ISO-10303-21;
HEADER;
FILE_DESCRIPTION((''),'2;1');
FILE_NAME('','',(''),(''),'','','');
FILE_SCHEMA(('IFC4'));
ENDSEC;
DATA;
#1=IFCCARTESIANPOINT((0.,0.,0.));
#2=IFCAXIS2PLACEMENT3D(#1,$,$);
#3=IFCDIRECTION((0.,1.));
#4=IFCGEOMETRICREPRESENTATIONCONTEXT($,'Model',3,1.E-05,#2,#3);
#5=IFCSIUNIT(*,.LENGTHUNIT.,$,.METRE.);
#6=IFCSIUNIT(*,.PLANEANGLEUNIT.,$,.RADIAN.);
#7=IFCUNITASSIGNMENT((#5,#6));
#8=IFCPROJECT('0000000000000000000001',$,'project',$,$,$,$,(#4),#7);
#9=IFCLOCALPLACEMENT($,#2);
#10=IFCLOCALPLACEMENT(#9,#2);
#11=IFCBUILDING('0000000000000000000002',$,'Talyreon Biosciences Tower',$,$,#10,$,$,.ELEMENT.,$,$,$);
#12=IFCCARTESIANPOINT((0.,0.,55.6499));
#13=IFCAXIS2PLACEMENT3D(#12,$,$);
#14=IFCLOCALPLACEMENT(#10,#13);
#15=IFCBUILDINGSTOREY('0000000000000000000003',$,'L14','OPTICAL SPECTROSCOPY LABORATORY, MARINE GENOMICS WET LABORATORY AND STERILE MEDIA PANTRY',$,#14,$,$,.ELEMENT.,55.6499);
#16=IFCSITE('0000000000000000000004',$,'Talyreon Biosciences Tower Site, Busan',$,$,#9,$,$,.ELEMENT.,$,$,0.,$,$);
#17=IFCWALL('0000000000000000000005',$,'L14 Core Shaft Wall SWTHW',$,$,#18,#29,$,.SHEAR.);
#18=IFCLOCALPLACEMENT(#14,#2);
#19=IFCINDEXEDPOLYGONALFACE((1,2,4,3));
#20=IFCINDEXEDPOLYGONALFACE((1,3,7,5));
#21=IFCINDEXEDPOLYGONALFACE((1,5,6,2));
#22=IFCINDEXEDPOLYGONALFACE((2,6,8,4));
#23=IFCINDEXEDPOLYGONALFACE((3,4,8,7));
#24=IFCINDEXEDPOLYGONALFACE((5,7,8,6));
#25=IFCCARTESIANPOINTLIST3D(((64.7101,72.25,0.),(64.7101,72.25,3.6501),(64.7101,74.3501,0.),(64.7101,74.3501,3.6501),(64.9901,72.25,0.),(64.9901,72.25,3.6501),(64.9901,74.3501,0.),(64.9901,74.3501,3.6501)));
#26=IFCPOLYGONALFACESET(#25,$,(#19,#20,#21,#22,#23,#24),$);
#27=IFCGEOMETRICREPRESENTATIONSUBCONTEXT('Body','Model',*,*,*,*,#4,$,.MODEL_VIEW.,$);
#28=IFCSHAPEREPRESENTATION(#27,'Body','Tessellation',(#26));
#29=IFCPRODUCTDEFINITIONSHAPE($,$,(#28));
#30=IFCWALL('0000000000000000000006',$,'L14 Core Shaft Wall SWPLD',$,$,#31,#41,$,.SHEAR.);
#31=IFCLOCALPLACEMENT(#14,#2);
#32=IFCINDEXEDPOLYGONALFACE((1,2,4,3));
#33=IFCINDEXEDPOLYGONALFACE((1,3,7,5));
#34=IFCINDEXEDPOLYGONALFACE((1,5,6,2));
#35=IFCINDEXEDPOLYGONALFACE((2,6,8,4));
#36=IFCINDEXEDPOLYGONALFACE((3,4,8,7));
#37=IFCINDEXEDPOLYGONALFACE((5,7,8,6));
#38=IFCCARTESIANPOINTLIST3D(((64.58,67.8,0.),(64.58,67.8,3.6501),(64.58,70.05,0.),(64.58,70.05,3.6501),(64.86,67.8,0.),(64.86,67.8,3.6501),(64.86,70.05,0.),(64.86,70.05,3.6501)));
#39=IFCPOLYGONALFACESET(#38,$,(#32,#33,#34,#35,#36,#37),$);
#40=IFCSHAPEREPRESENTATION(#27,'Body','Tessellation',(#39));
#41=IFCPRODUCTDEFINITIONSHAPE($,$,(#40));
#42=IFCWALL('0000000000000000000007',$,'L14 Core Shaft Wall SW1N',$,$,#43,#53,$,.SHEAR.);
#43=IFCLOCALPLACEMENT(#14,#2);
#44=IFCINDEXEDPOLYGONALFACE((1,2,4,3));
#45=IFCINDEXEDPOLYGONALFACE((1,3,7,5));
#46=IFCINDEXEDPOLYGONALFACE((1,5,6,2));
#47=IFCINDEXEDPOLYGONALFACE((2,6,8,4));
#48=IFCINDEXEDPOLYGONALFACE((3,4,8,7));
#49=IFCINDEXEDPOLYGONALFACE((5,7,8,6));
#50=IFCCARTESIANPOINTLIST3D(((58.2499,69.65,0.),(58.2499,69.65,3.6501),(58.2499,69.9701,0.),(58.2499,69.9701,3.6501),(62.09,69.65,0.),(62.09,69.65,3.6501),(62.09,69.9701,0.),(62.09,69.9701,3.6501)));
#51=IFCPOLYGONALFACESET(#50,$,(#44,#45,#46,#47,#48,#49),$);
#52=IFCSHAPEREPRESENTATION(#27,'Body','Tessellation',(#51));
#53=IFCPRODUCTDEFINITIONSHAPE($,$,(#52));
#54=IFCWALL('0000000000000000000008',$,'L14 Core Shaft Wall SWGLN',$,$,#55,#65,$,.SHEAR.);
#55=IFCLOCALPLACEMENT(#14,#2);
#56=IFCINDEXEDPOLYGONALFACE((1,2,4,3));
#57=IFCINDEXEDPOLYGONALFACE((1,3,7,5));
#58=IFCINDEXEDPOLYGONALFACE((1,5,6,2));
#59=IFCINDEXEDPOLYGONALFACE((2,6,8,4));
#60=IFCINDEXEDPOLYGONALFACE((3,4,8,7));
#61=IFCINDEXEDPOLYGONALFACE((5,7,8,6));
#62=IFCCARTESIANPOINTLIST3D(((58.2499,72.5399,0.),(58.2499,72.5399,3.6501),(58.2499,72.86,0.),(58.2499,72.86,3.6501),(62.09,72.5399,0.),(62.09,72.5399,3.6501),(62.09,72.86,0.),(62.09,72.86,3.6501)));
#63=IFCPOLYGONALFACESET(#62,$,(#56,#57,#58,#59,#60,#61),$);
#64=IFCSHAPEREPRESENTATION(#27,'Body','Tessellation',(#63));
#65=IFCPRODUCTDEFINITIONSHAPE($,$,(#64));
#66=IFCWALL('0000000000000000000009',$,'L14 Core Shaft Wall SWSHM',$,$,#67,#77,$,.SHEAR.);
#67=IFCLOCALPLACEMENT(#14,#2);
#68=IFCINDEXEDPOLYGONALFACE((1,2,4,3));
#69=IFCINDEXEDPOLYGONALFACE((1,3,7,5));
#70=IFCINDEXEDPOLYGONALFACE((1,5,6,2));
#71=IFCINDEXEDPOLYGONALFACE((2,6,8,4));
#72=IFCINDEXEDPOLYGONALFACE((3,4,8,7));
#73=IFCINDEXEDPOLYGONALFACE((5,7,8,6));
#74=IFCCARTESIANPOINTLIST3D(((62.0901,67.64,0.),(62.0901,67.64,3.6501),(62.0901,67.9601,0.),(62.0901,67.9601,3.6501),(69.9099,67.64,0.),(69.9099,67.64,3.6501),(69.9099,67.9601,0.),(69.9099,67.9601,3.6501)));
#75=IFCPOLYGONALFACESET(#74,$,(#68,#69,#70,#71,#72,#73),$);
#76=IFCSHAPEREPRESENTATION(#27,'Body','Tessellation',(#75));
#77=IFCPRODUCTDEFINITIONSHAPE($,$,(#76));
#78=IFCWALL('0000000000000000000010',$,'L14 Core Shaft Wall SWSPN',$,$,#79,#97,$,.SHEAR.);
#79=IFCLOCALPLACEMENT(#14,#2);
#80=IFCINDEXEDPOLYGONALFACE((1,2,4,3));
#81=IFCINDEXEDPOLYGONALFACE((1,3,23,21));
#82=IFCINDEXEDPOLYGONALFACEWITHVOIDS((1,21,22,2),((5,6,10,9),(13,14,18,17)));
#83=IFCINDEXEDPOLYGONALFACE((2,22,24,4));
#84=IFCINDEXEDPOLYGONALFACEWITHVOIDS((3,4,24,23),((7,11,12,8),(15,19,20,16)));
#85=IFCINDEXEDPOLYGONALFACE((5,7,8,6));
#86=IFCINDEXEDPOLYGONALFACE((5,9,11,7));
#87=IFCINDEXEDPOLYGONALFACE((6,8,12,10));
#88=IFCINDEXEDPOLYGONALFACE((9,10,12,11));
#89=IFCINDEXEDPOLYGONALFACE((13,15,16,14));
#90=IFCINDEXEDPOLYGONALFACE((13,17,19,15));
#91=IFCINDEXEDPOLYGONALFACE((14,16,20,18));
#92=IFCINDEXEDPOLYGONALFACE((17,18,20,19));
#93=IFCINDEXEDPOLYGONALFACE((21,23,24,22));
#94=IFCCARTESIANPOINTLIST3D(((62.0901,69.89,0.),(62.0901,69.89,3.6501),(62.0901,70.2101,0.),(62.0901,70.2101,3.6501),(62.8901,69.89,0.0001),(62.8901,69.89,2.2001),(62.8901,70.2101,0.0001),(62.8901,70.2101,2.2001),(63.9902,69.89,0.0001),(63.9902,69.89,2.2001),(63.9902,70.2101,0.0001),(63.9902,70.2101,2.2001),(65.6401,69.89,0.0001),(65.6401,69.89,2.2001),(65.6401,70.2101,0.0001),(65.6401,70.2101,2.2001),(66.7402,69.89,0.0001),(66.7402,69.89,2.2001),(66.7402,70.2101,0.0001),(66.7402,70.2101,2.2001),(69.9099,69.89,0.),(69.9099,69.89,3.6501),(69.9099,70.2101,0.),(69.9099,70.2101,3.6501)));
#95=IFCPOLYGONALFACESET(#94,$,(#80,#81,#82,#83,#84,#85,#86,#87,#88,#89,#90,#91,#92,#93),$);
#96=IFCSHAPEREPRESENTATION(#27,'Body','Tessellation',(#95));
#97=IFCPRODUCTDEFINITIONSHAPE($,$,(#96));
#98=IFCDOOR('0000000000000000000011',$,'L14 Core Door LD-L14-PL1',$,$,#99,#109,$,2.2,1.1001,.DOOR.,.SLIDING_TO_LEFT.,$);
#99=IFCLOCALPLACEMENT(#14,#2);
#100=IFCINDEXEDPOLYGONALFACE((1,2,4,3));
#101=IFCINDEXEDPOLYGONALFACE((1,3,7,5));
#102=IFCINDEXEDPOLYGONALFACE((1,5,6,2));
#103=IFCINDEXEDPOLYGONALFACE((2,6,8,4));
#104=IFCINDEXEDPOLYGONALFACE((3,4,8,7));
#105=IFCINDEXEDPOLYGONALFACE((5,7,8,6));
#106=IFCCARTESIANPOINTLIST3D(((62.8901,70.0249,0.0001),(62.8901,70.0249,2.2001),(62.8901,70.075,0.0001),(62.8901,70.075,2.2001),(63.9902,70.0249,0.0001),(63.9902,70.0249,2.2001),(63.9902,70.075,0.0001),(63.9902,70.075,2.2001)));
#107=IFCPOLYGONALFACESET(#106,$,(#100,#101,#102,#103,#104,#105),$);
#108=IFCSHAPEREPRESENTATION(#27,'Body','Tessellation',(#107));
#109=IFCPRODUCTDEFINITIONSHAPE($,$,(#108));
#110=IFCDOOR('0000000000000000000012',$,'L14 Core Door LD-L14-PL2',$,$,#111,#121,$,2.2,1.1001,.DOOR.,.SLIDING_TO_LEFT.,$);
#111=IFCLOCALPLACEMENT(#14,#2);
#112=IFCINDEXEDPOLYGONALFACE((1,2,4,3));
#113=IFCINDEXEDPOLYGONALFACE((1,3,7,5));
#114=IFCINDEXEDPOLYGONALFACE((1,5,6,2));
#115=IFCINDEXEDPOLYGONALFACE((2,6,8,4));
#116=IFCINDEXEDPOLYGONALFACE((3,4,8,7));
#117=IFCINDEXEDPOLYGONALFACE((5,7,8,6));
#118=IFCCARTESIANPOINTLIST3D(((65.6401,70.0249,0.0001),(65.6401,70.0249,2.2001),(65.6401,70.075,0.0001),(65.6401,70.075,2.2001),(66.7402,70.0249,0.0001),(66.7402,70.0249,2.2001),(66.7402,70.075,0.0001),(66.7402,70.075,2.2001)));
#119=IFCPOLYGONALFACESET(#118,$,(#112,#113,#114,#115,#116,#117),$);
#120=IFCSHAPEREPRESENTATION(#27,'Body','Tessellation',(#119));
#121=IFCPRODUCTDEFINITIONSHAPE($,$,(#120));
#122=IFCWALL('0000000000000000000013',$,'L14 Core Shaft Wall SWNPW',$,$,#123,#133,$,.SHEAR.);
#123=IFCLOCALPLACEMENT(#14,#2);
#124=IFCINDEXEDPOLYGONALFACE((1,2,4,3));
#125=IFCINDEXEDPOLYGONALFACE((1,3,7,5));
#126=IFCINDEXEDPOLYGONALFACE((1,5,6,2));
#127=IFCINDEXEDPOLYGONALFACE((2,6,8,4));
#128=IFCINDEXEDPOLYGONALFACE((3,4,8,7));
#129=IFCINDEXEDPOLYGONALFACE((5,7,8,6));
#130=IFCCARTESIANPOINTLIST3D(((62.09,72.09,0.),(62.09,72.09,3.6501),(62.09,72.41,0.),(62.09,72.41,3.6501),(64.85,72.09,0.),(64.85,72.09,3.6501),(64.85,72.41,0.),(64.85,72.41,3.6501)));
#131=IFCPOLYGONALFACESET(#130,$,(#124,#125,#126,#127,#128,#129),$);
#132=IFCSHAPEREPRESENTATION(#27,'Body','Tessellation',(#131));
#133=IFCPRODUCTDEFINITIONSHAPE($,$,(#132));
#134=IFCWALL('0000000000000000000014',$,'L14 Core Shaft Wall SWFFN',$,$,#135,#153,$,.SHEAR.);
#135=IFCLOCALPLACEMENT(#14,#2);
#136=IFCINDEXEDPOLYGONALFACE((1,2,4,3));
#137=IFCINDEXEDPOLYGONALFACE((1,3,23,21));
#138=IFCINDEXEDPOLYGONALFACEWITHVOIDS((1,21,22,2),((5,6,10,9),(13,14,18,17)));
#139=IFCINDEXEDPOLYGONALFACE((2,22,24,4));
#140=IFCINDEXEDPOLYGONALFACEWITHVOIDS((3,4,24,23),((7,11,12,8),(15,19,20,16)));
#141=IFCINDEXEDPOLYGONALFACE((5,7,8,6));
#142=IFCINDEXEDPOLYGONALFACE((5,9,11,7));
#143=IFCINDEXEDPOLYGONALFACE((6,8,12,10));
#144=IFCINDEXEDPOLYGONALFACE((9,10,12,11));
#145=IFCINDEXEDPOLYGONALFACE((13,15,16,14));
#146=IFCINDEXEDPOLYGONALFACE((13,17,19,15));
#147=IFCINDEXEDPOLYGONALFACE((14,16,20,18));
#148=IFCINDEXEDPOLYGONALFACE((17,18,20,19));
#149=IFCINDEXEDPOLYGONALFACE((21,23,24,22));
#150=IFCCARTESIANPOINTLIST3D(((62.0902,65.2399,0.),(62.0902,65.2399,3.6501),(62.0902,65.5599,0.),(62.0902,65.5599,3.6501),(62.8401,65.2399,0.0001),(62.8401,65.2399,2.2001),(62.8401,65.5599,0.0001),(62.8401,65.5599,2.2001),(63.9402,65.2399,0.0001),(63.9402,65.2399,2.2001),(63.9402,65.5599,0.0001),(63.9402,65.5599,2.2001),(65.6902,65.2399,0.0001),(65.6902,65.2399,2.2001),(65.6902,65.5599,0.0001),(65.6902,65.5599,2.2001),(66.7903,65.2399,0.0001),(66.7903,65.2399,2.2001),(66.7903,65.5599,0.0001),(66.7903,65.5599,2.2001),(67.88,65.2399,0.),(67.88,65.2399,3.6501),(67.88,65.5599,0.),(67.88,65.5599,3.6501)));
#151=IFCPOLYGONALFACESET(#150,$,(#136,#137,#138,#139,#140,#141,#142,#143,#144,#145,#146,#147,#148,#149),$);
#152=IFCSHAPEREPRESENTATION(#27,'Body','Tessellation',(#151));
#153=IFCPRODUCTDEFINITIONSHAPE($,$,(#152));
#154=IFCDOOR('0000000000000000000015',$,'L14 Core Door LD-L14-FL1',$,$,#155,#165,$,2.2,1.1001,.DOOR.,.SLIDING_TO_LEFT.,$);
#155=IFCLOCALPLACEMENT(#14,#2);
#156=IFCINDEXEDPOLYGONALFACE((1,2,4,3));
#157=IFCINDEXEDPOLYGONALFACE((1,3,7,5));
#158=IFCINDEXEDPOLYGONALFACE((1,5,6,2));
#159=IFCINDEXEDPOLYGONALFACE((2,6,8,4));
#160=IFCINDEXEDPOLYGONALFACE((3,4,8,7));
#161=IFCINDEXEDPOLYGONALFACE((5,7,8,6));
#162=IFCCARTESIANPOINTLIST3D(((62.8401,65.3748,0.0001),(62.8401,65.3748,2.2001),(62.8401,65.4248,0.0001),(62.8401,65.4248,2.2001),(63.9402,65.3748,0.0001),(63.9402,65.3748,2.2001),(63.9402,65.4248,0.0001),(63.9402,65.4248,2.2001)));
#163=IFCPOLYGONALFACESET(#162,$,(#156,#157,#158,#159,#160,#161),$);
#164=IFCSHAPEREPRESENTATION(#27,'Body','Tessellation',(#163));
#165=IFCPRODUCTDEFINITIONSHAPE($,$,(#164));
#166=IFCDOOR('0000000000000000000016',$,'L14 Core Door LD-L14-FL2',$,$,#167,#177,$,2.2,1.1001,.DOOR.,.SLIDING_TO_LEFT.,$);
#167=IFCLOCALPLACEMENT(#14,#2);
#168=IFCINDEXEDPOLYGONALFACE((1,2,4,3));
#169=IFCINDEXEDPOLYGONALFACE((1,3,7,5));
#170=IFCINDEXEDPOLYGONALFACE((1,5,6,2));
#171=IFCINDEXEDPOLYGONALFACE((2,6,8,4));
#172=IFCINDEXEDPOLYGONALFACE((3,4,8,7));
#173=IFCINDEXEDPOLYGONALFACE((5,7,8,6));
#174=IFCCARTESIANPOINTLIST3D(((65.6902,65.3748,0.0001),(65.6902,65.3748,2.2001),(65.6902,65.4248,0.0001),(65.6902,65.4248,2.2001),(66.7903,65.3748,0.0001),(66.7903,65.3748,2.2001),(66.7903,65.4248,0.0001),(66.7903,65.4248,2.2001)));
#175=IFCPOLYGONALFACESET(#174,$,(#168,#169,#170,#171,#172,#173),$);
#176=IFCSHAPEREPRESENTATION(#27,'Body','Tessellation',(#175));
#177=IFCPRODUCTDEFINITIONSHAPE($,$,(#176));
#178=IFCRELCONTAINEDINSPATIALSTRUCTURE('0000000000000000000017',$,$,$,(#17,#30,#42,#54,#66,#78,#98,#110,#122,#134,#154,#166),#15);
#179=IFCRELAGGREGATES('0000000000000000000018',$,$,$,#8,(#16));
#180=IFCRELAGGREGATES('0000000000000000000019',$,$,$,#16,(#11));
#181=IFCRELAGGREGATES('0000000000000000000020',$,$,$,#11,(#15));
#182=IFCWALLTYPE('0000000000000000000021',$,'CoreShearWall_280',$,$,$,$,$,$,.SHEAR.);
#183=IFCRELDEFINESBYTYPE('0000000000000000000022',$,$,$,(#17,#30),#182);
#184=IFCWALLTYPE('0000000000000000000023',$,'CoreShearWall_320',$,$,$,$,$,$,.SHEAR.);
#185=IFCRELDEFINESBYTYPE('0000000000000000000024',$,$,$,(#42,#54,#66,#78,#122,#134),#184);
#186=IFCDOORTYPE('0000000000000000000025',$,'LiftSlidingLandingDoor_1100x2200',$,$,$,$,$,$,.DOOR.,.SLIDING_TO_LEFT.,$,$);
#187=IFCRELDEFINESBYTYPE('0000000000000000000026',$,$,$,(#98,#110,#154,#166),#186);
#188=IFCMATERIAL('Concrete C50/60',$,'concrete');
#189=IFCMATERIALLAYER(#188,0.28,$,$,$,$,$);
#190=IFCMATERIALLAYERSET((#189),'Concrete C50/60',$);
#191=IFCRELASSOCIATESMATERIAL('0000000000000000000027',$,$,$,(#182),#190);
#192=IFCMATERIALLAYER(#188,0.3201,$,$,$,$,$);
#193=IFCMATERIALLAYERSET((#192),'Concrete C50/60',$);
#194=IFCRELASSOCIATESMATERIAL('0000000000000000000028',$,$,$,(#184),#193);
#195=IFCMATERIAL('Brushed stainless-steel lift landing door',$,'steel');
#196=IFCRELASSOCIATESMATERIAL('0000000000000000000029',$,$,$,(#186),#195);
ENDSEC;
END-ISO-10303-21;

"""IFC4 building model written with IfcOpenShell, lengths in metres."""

from ifc_helpers import new_model, si_unit, direction, frame, frame_2d, origin, place, context, subcontext, project, spatial, rectangle, extrude, material, layer, layer_set, type_object, element, fill, save


model = new_model("IFC4")

# Units and contexts
model_context = context("Model", 3, precision=1e-05, world=origin(), true_north=direction((0.0, 1.0)))
body_context = subcontext(model_context, "Body", "Model", "MODEL_VIEW")
ifc_project = project(units=[si_unit("LENGTHUNIT", "METRE"), si_unit("PLANEANGLEUNIT", "RADIAN")], contexts=[model_context])

# Site, building, storey
site_placement = place(None, origin())
site = spatial("IfcSite", under=ifc_project, at=site_placement, Name="Talyreon Biosciences Tower Site, Busan", CompositionType="ELEMENT", RefElevation=0.0)
building_placement = place(site_placement, origin())
building = spatial("IfcBuilding", under=site, at=building_placement, Name="Talyreon Biosciences Tower", CompositionType="ELEMENT")
storey_placement = place(building_placement, frame((0.0, 0.0, 55.6499)))
storey = spatial("IfcBuildingStorey", under=building, at=storey_placement, Name="L14", Description="OPTICAL SPECTROSCOPY LABORATORY, MARINE GENOMICS WET LABORATORY AND STERILE MEDIA PANTRY", CompositionType="ELEMENT", Elevation=55.6499)

# Walls
ifc_material_1 = material(Name="Concrete C50/60", Category="concrete")
ifc_layer_1 = layer(ifc_material_1, 0.28)
ifc_layer_set_1 = layer_set([ifc_layer_1], Name="Concrete C50/60")
wall_type_1 = type_object("IfcWallType", Name="CoreShearWall_280", PredefinedType="SHEAR", material=ifc_layer_set_1)
wall_1_placement = place(storey_placement, frame((64.8501, 72.25, 0.0), z_axis=(0.0, 0.0, 1.0), x_axis=(0.0, 1.0, 0.0)))
element("IfcWall", 1, at=wall_1_placement, inside=storey, type_object=wall_type_1, Name="L14 Core Shaft Wall SWTHW", PredefinedType="SHEAR", context=body_context, shape_type="SweptSolid", body=[
    extrude(rectangle(XDim=2.1001, YDim=0.28, at=frame_2d((1.05, 0.0))), origin(), (0.0, 0.0, 1.0), 3.6501),
])
wall_2_placement = place(storey_placement, frame((64.72, 67.8, 0.0), z_axis=(0.0, 0.0, 1.0), x_axis=(0.0, 1.0, 0.0)))
element("IfcWall", 2, at=wall_2_placement, inside=storey, type_object=wall_type_1, Name="L14 Core Shaft Wall SWPLD", PredefinedType="SHEAR", context=body_context, shape_type="SweptSolid", body=[
    extrude(rectangle(XDim=2.25, YDim=0.28, at=frame_2d((1.125, 0.0))), origin(), (0.0, 0.0, 1.0), 3.6501),
])
ifc_layer_2 = layer(ifc_material_1, 0.3201)
ifc_layer_set_2 = layer_set([ifc_layer_2], Name="Concrete C50/60")
wall_type_2 = type_object("IfcWallType", Name="CoreShearWall_320", PredefinedType="SHEAR", material=ifc_layer_set_2)
for number, where, z_axis, x_axis, name in (
    (3, (58.25, 69.8101, 0.0), (0.0, 0.0, 1.0), (1.0, 0.0, 0.0), "L14 Core Shaft Wall SW1N"),
    (4, (58.25, 72.7, 0.0), (0.0, 0.0, 1.0), (1.0, 0.0, 0.0), "L14 Core Shaft Wall SWGLN"),
):
    element("IfcWall", number, at=place(storey_placement, frame(where, z_axis=z_axis, x_axis=x_axis)), inside=storey, type_object=wall_type_2, Name=name, PredefinedType="SHEAR", context=body_context, shape_type="SweptSolid", body=[
        extrude(rectangle(XDim=3.8401, YDim=0.3201, at=frame_2d((1.9199, 0.0))), origin(), (0.0, 0.0, 1.0), 3.6501),
    ])
wall_3_placement = place(storey_placement, frame((62.0901, 67.8, 0.0), z_axis=(0.0, 0.0, 1.0), x_axis=(1.0, 0.0, 0.0)))
element("IfcWall", 5, at=wall_3_placement, inside=storey, type_object=wall_type_2, Name="L14 Core Shaft Wall SWSHM", PredefinedType="SHEAR", context=body_context, shape_type="SweptSolid", body=[
    extrude(rectangle(XDim=7.8198, YDim=0.3201, at=frame_2d((3.9099, 0.0))), origin(), (0.0, 0.0, 1.0), 3.6501),
])

# Wall, openings, doors
wall_4_placement = place(storey_placement, frame((62.0901, 70.05, 0.0), z_axis=(0.0, 0.0, 1.0), x_axis=(1.0, 0.0, 0.0)))
wall_4 = element("IfcWall", 6, at=wall_4_placement, inside=storey, type_object=wall_type_2, Name="L14 Core Shaft Wall SWSPN", PredefinedType="SHEAR", context=body_context, shape_type="SweptSolid", body=[
    extrude(rectangle(XDim=7.8198, YDim=0.3201, at=frame_2d((3.9099, 0.0))), origin(), (0.0, 0.0, 1.0), 3.6501),
])
opening_1_placement = place(wall_4_placement, frame((0.8, 0.0, 0.0)))
opening_1 = element("IfcOpeningElement", 7, at=opening_1_placement, cuts=wall_4, PredefinedType="OPENING", context=body_context, shape_type="SweptSolid", body=[
    extrude(rectangle(XDim=1.1001, YDim=2.2, at=frame_2d((0.55, 1.1001))), frame((0.0, 0.1699, 0.0), z_axis=(0.0, -1.0, 0.0), x_axis=(1.0, 0.0, 0.0)), (0.0, 0.0, 1.0), 0.3401),
])
opening_2_placement = place(wall_4_placement, frame((3.55, 0.0, 0.0)))
opening_2 = element("IfcOpeningElement", 8, at=opening_2_placement, cuts=wall_4, PredefinedType="OPENING", context=body_context, shape_type="SweptSolid", body=[
    extrude(rectangle(XDim=1.1001, YDim=2.2, at=frame_2d((0.55, 1.1001))), frame((0.0, 0.1699, 0.0), z_axis=(0.0, -1.0, 0.0), x_axis=(1.0, 0.0, 0.0)), (0.0, 0.0, 1.0), 0.3401),
])
ifc_material_2 = material(Name="Brushed stainless-steel lift landing door", Category="steel")
door_type_1 = type_object("IfcDoorType", Name="LiftSlidingLandingDoor_1100x2200", OperationType="SLIDING_TO_LEFT", PredefinedType="DOOR", material=ifc_material_2)
door_1_placement = place(opening_1_placement, origin())
door_1 = element("IfcDoor", 9, at=door_1_placement, inside=storey, type_object=door_type_1, Name="L14 Core Door LD-L14-PL1", OperationType="SLIDING_TO_LEFT", OverallHeight=2.2, OverallWidth=1.1001, PredefinedType="DOOR", context=body_context, shape_type="SweptSolid", body=[
    extrude(rectangle(XDim=1.1001, YDim=2.2, at=frame_2d((0.55, 1.1001))), frame((0.0, 0.0249, 0.0), z_axis=(0.0, -1.0, 0.0), x_axis=(1.0, 0.0, 0.0)), (0.0, 0.0, 1.0), 0.05),
])
fill(opening_1, door_1)
door_2_placement = place(opening_2_placement, origin())
door_2 = element("IfcDoor", 10, at=door_2_placement, inside=storey, type_object=door_type_1, Name="L14 Core Door LD-L14-PL2", OperationType="SLIDING_TO_LEFT", OverallHeight=2.2, OverallWidth=1.1001, PredefinedType="DOOR", context=body_context, shape_type="SweptSolid", body=[
    extrude(rectangle(XDim=1.1001, YDim=2.2, at=frame_2d((0.55, 1.1001))), frame((0.0, 0.0249, 0.0), z_axis=(0.0, -1.0, 0.0), x_axis=(1.0, 0.0, 0.0)), (0.0, 0.0, 1.0), 0.05),
])
fill(opening_2, door_2)

# Wall
wall_5_placement = place(storey_placement, frame((62.0901, 72.25, 0.0), z_axis=(0.0, 0.0, 1.0), x_axis=(1.0, 0.0, 0.0)))
element("IfcWall", 11, at=wall_5_placement, inside=storey, type_object=wall_type_2, Name="L14 Core Shaft Wall SWNPW", PredefinedType="SHEAR", context=body_context, shape_type="SweptSolid", body=[
    extrude(rectangle(XDim=2.76, YDim=0.3201, at=frame_2d((1.3799, 0.0))), origin(), (0.0, 0.0, 1.0), 3.6501),
])

# Wall, openings, doors
wall_6_placement = place(storey_placement, frame((62.0901, 65.3999, 0.0), z_axis=(0.0, 0.0, 1.0), x_axis=(1.0, 0.0, 0.0)))
wall_6 = element("IfcWall", 12, at=wall_6_placement, inside=storey, type_object=wall_type_2, Name="L14 Core Shaft Wall SWFFN", PredefinedType="SHEAR", context=body_context, shape_type="SweptSolid", body=[
    extrude(rectangle(XDim=5.7898, YDim=0.3201, at=frame_2d((2.895, 0.0))), origin(), (0.0, 0.0, 1.0), 3.6501),
])
opening_3_placement = place(wall_6_placement, frame((0.75, 0.0, 0.0)))
opening_3 = element("IfcOpeningElement", 13, at=opening_3_placement, cuts=wall_6, PredefinedType="OPENING", context=body_context, shape_type="SweptSolid", body=[
    extrude(rectangle(XDim=1.1001, YDim=2.2, at=frame_2d((0.55, 1.1001))), frame((0.0, 0.1699, 0.0), z_axis=(0.0, -1.0, 0.0), x_axis=(1.0, 0.0, 0.0)), (0.0, 0.0, 1.0), 0.3401),
])
opening_4_placement = place(wall_6_placement, frame((3.6001, 0.0, 0.0)))
opening_4 = element("IfcOpeningElement", 14, at=opening_4_placement, cuts=wall_6, PredefinedType="OPENING", context=body_context, shape_type="SweptSolid", body=[
    extrude(rectangle(XDim=1.1001, YDim=2.2, at=frame_2d((0.55, 1.1001))), frame((0.0, 0.1699, 0.0), z_axis=(0.0, -1.0, 0.0), x_axis=(1.0, 0.0, 0.0)), (0.0, 0.0, 1.0), 0.3401),
])
door_3_placement = place(opening_3_placement, origin())
door_3 = element("IfcDoor", 15, at=door_3_placement, inside=storey, type_object=door_type_1, Name="L14 Core Door LD-L14-FL1", OperationType="SLIDING_TO_LEFT", OverallHeight=2.2, OverallWidth=1.1001, PredefinedType="DOOR", context=body_context, shape_type="SweptSolid", body=[
    extrude(rectangle(XDim=1.1001, YDim=2.2, at=frame_2d((0.55, 1.1001))), frame((0.0, 0.0249, 0.0), z_axis=(0.0, -1.0, 0.0), x_axis=(1.0, 0.0, 0.0)), (0.0, 0.0, 1.0), 0.05),
])
fill(opening_3, door_3)
door_4_placement = place(opening_4_placement, origin())
door_4 = element("IfcDoor", 16, at=door_4_placement, inside=storey, type_object=door_type_1, Name="L14 Core Door LD-L14-FL2", OperationType="SLIDING_TO_LEFT", OverallHeight=2.2, OverallWidth=1.1001, PredefinedType="DOOR", context=body_context, shape_type="SweptSolid", body=[
    extrude(rectangle(XDim=1.1001, YDim=2.2, at=frame_2d((0.55, 1.1001))), frame((0.0, 0.0249, 0.0), z_axis=(0.0, -1.0, 0.0), x_axis=(1.0, 0.0, 0.0)), (0.0, 0.0, 1.0), 0.05),
])
fill(opening_4, door_4)

save(model, "model.ifc")
